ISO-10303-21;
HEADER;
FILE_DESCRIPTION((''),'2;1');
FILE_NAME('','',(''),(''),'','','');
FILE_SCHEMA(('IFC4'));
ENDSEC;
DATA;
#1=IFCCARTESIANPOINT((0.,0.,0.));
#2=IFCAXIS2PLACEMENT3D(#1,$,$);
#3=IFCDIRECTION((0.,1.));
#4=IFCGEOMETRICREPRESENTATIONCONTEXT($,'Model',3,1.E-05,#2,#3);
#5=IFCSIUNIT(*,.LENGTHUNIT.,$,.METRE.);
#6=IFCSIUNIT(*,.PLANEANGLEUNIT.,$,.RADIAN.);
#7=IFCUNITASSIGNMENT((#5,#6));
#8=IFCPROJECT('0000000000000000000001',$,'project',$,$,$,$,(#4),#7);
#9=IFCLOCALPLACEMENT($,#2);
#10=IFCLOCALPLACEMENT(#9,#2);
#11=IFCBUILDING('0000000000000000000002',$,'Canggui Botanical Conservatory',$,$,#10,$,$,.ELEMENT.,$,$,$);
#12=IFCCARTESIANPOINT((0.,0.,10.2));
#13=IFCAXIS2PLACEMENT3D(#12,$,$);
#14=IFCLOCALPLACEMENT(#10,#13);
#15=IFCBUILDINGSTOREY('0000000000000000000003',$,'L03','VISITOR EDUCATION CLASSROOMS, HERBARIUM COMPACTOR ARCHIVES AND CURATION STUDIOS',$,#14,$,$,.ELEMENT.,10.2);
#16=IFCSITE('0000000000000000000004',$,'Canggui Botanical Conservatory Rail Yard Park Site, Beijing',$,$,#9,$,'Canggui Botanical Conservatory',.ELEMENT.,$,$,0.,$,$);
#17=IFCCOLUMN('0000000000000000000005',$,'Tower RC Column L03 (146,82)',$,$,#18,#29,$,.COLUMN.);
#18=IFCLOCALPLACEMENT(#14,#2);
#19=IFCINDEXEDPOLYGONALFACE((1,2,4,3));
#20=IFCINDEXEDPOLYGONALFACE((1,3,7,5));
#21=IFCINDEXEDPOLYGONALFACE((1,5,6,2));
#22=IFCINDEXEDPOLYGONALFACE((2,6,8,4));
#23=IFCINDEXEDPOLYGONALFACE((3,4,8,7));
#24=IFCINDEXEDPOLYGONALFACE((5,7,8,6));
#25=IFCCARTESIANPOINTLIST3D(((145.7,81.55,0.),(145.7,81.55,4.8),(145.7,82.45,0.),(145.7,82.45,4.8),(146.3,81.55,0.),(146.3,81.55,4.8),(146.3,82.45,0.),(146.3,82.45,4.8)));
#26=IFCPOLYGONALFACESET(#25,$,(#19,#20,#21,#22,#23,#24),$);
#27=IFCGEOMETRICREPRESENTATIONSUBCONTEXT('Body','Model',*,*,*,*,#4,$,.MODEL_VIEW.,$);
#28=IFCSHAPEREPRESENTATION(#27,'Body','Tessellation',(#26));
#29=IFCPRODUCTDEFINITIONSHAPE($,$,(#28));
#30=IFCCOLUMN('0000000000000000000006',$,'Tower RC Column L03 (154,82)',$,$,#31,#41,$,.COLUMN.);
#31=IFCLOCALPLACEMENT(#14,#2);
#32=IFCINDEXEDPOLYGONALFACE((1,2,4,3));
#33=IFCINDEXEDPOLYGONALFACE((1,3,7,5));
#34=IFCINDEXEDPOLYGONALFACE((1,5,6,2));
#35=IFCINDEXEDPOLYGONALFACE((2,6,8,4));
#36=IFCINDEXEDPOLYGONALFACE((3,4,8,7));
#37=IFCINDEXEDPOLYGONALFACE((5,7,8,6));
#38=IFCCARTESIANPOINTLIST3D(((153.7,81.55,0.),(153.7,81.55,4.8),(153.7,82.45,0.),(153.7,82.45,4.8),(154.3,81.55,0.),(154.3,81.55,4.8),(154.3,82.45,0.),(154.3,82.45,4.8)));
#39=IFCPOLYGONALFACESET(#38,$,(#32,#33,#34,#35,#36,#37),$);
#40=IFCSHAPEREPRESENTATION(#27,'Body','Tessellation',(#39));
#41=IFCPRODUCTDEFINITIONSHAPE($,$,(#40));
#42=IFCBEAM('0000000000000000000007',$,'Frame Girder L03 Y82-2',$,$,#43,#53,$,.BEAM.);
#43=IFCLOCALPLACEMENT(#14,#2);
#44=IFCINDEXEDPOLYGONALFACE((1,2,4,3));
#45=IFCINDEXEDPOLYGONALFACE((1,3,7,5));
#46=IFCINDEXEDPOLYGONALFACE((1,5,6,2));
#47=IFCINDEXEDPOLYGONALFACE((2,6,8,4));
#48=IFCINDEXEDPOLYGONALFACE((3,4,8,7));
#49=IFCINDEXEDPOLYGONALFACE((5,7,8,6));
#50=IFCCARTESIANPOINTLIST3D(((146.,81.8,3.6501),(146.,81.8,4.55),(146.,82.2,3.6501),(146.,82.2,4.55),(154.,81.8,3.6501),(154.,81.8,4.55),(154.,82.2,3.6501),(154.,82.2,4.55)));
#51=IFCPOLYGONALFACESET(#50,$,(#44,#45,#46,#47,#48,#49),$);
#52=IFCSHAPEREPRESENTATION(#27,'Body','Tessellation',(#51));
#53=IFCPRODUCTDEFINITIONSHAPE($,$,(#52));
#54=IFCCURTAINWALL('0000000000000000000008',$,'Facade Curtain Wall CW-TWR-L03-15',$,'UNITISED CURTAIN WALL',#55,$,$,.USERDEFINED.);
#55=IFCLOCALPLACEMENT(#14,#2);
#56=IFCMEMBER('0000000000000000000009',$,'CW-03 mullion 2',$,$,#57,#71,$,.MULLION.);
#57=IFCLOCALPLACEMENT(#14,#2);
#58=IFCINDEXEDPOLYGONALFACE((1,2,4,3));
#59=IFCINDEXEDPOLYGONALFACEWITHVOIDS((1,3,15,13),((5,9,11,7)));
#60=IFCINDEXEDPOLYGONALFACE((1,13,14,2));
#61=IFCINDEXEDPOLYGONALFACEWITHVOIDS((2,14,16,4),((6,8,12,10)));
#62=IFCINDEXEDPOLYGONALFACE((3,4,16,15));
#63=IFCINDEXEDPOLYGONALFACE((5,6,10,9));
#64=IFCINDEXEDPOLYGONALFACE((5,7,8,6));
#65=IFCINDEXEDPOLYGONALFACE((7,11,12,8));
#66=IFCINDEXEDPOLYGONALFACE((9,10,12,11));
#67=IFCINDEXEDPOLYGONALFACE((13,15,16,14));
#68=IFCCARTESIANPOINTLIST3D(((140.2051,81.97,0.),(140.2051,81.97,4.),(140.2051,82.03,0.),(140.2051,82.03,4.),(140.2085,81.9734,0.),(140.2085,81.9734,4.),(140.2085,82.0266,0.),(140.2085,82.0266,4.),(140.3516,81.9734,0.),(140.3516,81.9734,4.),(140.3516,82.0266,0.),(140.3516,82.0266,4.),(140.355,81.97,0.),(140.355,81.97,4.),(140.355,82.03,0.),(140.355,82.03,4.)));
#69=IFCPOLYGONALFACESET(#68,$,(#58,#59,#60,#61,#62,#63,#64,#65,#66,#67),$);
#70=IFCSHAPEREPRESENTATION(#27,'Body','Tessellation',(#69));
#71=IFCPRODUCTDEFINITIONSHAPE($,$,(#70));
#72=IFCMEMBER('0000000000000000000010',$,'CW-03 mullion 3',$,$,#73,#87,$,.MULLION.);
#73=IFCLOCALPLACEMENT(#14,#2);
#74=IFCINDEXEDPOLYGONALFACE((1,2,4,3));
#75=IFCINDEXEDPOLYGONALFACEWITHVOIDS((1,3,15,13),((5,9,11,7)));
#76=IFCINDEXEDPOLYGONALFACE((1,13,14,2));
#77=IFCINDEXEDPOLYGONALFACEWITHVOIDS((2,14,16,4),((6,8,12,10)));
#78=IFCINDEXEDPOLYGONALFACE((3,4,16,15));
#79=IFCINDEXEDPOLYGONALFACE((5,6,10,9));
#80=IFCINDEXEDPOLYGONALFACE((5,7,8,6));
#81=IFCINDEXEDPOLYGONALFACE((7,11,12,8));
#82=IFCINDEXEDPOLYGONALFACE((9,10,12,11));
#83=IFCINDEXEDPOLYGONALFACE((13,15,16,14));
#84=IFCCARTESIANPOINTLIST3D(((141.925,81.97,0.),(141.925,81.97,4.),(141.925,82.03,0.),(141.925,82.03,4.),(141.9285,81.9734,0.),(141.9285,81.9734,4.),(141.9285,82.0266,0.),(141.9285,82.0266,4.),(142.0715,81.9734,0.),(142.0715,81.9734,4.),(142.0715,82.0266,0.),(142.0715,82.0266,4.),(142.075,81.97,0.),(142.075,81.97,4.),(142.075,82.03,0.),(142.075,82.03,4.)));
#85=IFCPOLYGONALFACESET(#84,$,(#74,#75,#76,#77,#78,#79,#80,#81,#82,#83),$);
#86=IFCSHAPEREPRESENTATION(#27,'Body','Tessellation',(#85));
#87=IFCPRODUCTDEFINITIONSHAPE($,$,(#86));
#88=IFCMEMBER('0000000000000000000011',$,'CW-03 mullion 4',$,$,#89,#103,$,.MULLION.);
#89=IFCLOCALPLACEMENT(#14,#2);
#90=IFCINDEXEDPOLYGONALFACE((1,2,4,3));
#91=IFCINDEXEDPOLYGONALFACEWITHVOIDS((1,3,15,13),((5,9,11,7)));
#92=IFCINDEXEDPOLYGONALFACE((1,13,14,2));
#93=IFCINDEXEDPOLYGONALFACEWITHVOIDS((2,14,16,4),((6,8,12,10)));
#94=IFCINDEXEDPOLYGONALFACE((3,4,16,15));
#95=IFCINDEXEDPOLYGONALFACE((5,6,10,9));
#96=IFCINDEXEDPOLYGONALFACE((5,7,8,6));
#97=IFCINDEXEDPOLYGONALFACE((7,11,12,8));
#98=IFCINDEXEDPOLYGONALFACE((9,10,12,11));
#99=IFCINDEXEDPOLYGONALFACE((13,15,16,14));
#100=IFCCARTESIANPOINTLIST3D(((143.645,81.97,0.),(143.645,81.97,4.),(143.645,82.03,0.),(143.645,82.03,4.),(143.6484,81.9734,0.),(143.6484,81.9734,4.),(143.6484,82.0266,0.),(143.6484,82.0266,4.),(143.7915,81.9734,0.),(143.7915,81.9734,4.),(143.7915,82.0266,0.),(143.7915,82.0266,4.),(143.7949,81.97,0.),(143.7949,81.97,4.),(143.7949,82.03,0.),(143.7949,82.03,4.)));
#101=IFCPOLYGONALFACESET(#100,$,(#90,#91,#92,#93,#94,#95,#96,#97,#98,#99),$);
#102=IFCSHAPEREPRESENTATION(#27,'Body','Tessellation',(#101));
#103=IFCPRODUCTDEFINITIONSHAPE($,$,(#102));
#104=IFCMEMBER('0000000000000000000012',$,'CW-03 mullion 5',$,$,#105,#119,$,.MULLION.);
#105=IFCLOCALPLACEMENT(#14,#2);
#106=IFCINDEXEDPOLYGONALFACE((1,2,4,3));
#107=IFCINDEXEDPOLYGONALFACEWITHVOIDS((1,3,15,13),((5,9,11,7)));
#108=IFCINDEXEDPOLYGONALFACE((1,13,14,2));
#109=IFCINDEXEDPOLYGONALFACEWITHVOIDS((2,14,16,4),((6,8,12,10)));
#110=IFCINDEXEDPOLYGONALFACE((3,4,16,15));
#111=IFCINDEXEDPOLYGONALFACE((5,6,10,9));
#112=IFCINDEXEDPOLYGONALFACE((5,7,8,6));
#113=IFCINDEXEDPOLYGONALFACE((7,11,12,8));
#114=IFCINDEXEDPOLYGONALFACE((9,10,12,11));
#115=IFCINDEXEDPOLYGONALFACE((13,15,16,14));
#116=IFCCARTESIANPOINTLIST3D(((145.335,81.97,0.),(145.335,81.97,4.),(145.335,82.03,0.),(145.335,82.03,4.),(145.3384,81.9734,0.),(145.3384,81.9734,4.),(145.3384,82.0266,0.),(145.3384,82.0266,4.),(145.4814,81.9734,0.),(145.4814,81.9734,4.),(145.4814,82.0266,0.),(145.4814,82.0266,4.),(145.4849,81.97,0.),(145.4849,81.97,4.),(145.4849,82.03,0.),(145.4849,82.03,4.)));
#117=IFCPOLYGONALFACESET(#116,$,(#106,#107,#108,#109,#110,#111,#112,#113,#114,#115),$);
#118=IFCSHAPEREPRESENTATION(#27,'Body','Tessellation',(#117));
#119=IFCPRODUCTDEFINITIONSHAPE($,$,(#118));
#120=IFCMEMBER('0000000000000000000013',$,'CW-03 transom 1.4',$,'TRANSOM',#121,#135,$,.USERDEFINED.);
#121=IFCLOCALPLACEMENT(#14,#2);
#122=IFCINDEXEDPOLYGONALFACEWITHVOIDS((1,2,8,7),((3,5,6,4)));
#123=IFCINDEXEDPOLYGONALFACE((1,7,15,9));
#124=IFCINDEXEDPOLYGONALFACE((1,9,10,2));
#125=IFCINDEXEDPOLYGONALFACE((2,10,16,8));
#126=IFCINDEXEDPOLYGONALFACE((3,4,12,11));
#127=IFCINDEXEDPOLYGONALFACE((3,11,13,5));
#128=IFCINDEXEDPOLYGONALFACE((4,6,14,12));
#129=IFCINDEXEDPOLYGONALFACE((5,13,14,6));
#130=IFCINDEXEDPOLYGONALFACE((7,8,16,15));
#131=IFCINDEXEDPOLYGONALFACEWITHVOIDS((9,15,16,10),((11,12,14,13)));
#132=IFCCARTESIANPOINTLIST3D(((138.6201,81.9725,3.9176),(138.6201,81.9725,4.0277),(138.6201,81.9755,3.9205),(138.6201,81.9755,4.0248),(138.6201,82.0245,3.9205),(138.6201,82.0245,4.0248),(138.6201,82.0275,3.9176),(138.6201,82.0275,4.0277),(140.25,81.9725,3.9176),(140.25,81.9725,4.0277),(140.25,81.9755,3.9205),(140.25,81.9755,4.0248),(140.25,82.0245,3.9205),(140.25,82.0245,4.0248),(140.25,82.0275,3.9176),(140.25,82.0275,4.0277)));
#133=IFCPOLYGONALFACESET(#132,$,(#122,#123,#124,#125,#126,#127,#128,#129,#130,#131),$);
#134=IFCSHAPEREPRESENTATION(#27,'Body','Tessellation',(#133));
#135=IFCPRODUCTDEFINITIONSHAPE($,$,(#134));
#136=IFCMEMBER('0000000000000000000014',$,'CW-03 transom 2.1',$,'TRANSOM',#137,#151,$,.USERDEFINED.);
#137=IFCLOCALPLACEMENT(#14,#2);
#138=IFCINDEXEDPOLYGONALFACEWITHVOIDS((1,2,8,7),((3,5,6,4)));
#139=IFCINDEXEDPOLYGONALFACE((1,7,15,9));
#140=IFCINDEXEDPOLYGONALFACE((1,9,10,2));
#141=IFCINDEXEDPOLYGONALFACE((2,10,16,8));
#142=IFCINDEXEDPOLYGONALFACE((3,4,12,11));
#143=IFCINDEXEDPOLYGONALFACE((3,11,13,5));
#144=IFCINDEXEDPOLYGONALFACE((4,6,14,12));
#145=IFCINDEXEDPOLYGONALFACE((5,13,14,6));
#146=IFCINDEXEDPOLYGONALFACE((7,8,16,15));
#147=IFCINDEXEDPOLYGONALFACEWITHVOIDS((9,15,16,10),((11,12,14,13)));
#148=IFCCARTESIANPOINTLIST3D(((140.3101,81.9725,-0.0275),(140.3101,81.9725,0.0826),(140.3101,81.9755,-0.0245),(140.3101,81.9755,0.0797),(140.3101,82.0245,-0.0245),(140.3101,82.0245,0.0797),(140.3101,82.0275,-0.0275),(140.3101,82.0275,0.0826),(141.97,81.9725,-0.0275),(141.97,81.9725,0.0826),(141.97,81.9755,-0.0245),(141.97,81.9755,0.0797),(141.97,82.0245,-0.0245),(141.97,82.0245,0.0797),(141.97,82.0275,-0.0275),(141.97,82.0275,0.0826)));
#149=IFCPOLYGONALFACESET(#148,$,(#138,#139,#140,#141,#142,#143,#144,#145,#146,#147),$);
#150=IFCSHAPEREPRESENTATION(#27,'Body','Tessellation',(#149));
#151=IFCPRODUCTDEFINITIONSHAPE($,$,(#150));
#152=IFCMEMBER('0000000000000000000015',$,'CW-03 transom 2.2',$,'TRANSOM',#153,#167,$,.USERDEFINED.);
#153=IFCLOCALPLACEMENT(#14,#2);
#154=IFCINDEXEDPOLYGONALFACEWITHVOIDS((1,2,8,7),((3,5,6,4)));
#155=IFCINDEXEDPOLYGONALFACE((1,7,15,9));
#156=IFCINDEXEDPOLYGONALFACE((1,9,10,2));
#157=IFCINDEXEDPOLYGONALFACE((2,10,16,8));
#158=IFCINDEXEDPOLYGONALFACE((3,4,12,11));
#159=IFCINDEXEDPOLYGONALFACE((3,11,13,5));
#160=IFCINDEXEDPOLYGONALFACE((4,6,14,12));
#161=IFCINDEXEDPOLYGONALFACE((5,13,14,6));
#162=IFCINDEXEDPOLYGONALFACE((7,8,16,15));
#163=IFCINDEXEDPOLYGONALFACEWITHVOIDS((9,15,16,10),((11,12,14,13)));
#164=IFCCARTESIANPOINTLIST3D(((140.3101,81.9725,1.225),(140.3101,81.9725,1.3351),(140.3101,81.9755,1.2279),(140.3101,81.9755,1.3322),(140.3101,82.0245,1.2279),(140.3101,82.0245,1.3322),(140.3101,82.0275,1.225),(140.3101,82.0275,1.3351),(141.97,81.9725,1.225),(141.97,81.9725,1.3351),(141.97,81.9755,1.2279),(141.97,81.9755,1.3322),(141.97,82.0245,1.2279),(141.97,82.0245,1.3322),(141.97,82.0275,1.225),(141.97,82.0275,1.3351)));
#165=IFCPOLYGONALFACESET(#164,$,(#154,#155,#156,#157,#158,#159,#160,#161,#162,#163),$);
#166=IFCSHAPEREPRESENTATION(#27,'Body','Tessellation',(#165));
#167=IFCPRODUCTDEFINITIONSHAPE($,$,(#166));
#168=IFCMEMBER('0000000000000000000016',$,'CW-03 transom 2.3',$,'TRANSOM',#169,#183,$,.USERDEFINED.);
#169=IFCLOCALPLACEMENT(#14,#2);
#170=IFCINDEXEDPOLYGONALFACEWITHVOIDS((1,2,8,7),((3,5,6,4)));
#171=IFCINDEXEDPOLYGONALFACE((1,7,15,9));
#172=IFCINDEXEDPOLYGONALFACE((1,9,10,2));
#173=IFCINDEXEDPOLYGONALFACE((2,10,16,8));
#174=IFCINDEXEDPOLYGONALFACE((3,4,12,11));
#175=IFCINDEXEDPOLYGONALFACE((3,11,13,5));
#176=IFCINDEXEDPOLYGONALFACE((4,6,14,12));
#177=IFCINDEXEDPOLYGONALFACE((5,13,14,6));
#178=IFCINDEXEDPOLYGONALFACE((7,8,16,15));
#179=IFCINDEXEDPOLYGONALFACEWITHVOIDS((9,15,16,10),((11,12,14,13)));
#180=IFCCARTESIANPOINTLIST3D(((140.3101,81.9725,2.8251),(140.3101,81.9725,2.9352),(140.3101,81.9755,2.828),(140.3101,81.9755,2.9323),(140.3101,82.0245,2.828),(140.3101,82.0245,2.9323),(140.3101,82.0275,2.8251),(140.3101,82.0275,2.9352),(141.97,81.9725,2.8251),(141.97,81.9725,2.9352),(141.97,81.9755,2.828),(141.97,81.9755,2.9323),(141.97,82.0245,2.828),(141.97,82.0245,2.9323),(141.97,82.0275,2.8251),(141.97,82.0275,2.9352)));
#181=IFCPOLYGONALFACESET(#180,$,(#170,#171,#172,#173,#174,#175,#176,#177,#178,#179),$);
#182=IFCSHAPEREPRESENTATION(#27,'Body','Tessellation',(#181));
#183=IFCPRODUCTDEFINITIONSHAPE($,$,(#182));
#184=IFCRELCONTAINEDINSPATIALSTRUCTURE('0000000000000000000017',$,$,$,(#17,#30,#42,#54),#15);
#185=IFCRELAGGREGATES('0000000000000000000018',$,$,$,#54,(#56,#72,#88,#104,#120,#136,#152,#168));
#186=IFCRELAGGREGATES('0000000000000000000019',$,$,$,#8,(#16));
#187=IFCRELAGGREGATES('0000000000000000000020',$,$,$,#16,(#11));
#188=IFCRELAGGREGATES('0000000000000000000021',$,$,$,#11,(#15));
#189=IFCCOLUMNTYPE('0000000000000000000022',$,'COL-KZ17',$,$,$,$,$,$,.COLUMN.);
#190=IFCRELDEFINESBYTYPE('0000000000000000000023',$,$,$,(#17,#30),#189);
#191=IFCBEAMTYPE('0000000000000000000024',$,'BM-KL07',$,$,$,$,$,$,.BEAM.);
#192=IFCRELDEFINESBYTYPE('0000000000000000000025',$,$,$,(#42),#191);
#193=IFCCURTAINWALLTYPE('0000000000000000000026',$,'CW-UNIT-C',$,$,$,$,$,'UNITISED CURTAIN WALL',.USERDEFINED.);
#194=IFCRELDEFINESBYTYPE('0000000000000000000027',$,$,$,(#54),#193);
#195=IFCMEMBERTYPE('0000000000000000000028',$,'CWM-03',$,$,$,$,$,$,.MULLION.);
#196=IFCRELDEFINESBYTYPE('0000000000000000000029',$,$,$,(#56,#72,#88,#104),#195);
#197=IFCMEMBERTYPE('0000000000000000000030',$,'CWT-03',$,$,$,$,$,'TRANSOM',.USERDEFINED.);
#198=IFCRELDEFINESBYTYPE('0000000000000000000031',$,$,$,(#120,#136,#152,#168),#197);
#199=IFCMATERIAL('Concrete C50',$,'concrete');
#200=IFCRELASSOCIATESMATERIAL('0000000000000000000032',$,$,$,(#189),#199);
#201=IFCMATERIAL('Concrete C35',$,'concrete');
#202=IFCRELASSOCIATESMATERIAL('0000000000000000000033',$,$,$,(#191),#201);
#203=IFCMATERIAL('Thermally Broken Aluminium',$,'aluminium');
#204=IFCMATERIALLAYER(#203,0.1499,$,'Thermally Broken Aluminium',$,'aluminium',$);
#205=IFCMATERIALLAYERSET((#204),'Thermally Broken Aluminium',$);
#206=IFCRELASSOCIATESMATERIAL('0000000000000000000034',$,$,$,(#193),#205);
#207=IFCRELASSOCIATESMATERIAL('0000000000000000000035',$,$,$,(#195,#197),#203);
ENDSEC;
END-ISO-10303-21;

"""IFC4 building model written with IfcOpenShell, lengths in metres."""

from ifc_helpers import new_model, si_unit, direction, frame, origin, origin_2d, place, context, subcontext, project, spatial, rectangle, hollow_rectangle, extrude, material, layer, layer_set, material_profile, profile_set, type_object, element, aggregate, save


model = new_model("IFC4")

# Units and contexts
model_context = context("Model", 3, precision=1e-05, world=origin(), true_north=direction((0.0, 1.0)))
body_context = subcontext(model_context, "Body", "Model", "MODEL_VIEW")
ifc_project = project(units=[si_unit("LENGTHUNIT", "METRE"), si_unit("PLANEANGLEUNIT", "RADIAN")], contexts=[model_context])

# Site, building, storey
site_placement = place(None, origin())
site = spatial("IfcSite", under=ifc_project, at=site_placement, Name="Canggui Botanical Conservatory Rail Yard Park Site, Beijing", LongName="Canggui Botanical Conservatory", CompositionType="ELEMENT", RefElevation=0.0)
building_placement = place(site_placement, origin())
building = spatial("IfcBuilding", under=site, at=building_placement, Name="Canggui Botanical Conservatory", CompositionType="ELEMENT")
storey_placement = place(building_placement, frame((0.0, 0.0, 10.2)))
storey = spatial("IfcBuildingStorey", under=building, at=storey_placement, Name="L03", Description="VISITOR EDUCATION CLASSROOMS, HERBARIUM COMPACTOR ARCHIVES AND CURATION STUDIOS", CompositionType="ELEMENT", Elevation=10.2)

# Columns
ifc_material_1 = material(Name="Concrete C50", Category="concrete")
ifc_material_profile_1 = material_profile(ifc_material_1, rectangle(XDim=0.6001, YDim=0.8999, at=origin_2d()), Name="RC 600x900")
ifc_profile_set_1 = profile_set([ifc_material_profile_1], Name="Concrete C50")
column_type = type_object("IfcColumnType", Name="COL-KZ17", PredefinedType="COLUMN", material=ifc_profile_set_1)
for number, where, z_axis, x_axis, name in (
    (1, (146.0, 82.0, 0.0), (0.0, 0.0, 1.0), (1.0, 0.0, 0.0), "Tower RC Column L03 (146,82)"),
    (2, (154.0, 82.0, 0.0), (0.0, 0.0, 1.0), (1.0, 0.0, 0.0), "Tower RC Column L03 (154,82)"),
):
    element("IfcColumn", number, at=place(storey_placement, frame(where, z_axis=z_axis, x_axis=x_axis)), inside=storey, type_object=column_type, Name=name, PredefinedType="COLUMN", context=body_context, shape_type="SweptSolid", body=[
        extrude(rectangle(XDim=0.6001, YDim=0.8999, at=origin_2d()), origin(), (0.0, 0.0, 1.0), 4.8),
    ])

# Beam
ifc_material_2 = material(Name="Concrete C35", Category="concrete")
ifc_material_profile_2 = material_profile(ifc_material_2, rectangle(XDim=0.3999, YDim=0.8999, at=origin_2d()), Name="RB 400x900")
ifc_profile_set_2 = profile_set([ifc_material_profile_2], Name="Concrete C35")
beam_type = type_object("IfcBeamType", Name="BM-KL07", PredefinedType="BEAM", material=ifc_profile_set_2)
beam_placement = place(storey_placement, frame((146.0, 82.0, 4.1001), z_axis=(1.0, 0.0, 0.0), x_axis=(0.0, 1.0, 0.0)))
element("IfcBeam", 3, at=beam_placement, inside=storey, type_object=beam_type, Name="Frame Girder L03 Y82-2", PredefinedType="BEAM", context=body_context, shape_type="SweptSolid", body=[
    extrude(rectangle(XDim=0.3999, YDim=0.8999, at=origin_2d()), origin(), (0.0, 0.0, 1.0), 8.0),
])

# Curtain wall, members
ifc_material_3 = material(Name="Thermally Broken Aluminium", Category="aluminium")
ifc_layer_1 = layer(ifc_material_3, 0.1499, Name="Thermally Broken Aluminium", Category="aluminium")
ifc_layer_set_1 = layer_set([ifc_layer_1], Name="Thermally Broken Aluminium")
curtain_wall_type = type_object("IfcCurtainWallType", Name="CW-UNIT-C", ElementType="UNITISED CURTAIN WALL", PredefinedType="USERDEFINED", material=ifc_layer_set_1)
curtain_wall_placement = place(storey_placement, origin())
curtain_wall = element("IfcCurtainWall", 4, at=curtain_wall_placement, inside=storey, type_object=curtain_wall_type, Name="Facade Curtain Wall CW-TWR-L03-15", ObjectType="UNITISED CURTAIN WALL", PredefinedType="USERDEFINED")
ifc_material_profile_3 = material_profile(ifc_material_3, hollow_rectangle(XDim=0.0601, YDim=0.1499, WallThickness=0.0034, at=origin_2d()), Name="CWM 60x150x3.5")
ifc_profile_set_3 = profile_set([ifc_material_profile_3], Name="Thermally Broken Aluminium")
member_type_1 = type_object("IfcMemberType", Name="CWM-03", PredefinedType="MULLION", material=ifc_profile_set_3)
member_1_placement = place(storey_placement, frame((140.28, 82.0, 0.0), z_axis=(0.0, 0.0, 1.0), x_axis=(0.0, 1.0, 0.0)))
member_1 = element("IfcMember", 5, at=member_1_placement, type_object=member_type_1, Name="CW-03 mullion 2", PredefinedType="MULLION", context=body_context, shape_type="SweptSolid", body=[
    extrude(hollow_rectangle(XDim=0.0601, YDim=0.1499, WallThickness=0.0034, at=origin_2d()), origin(), (0.0, 0.0, 1.0), 4.0),
])
member_2_placement = place(storey_placement, frame((142.0, 82.0, 0.0), z_axis=(0.0, 0.0, 1.0), x_axis=(0.0, 1.0, 0.0)))
member_2 = element("IfcMember", 6, at=member_2_placement, type_object=member_type_1, Name="CW-03 mullion 3", PredefinedType="MULLION", context=body_context, shape_type="SweptSolid", body=[
    extrude(hollow_rectangle(XDim=0.0601, YDim=0.1499, WallThickness=0.0034, at=origin_2d()), origin(), (0.0, 0.0, 1.0), 4.0),
])
member_3_placement = place(storey_placement, frame((143.72, 82.0, 0.0), z_axis=(0.0, 0.0, 1.0), x_axis=(0.0, 1.0, 0.0)))
member_3 = element("IfcMember", 7, at=member_3_placement, type_object=member_type_1, Name="CW-03 mullion 4", PredefinedType="MULLION", context=body_context, shape_type="SweptSolid", body=[
    extrude(hollow_rectangle(XDim=0.0601, YDim=0.1499, WallThickness=0.0034, at=origin_2d()), origin(), (0.0, 0.0, 1.0), 4.0),
])
member_4_placement = place(storey_placement, frame((145.4099, 82.0, 0.0), z_axis=(0.0, 0.0, 1.0), x_axis=(0.0, 1.0, 0.0)))
member_4 = element("IfcMember", 8, at=member_4_placement, type_object=member_type_1, Name="CW-03 mullion 5", PredefinedType="MULLION", context=body_context, shape_type="SweptSolid", body=[
    extrude(hollow_rectangle(XDim=0.0601, YDim=0.1499, WallThickness=0.0034, at=origin_2d()), origin(), (0.0, 0.0, 1.0), 4.0),
])
ifc_material_profile_4 = material_profile(ifc_material_3, hollow_rectangle(XDim=0.0549, YDim=0.1101, WallThickness=0.0029, at=origin_2d()), Name="CWT 55x110x3")
ifc_profile_set_4 = profile_set([ifc_material_profile_4], Name="Thermally Broken Aluminium")
member_type_2 = type_object("IfcMemberType", Name="CWT-03", ElementType="TRANSOM", PredefinedType="USERDEFINED", material=ifc_profile_set_4)
member_5_placement = place(storey_placement, frame((138.6201, 82.0, 3.9727), z_axis=(1.0, 0.0, 0.0), x_axis=(0.0, 1.0, 0.0)))
member_5 = element("IfcMember", 9, at=member_5_placement, type_object=member_type_2, Name="CW-03 transom 1.4", ObjectType="TRANSOM", PredefinedType="USERDEFINED", context=body_context, shape_type="SweptSolid", body=[
    extrude(hollow_rectangle(XDim=0.0549, YDim=0.1101, WallThickness=0.0029, at=origin_2d()), origin(), (0.0, 0.0, 1.0), 1.6299),
])
member_6_placement = place(storey_placement, frame((140.3101, 82.0, 0.0276), z_axis=(1.0, 0.0, 0.0), x_axis=(0.0, 1.0, 0.0)))
member_6 = element("IfcMember", 10, at=member_6_placement, type_object=member_type_2, Name="CW-03 transom 2.1", ObjectType="TRANSOM", PredefinedType="USERDEFINED", context=body_context, shape_type="SweptSolid", body=[
    extrude(hollow_rectangle(XDim=0.0549, YDim=0.1101, WallThickness=0.0029, at=origin_2d()), origin(), (0.0, 0.0, 1.0), 1.6599),
])
member_7_placement = place(storey_placement, frame((140.3101, 82.0, 1.28), z_axis=(1.0, 0.0, 0.0), x_axis=(0.0, 1.0, 0.0)))
member_7 = element("IfcMember", 11, at=member_7_placement, type_object=member_type_2, Name="CW-03 transom 2.2", ObjectType="TRANSOM", PredefinedType="USERDEFINED", context=body_context, shape_type="SweptSolid", body=[
    extrude(hollow_rectangle(XDim=0.0549, YDim=0.1101, WallThickness=0.0029, at=origin_2d()), origin(), (0.0, 0.0, 1.0), 1.6599),
])
member_8_placement = place(storey_placement, frame((140.3101, 82.0, 2.8801), z_axis=(1.0, 0.0, 0.0), x_axis=(0.0, 1.0, 0.0)))
member_8 = element("IfcMember", 12, at=member_8_placement, type_object=member_type_2, Name="CW-03 transom 2.3", ObjectType="TRANSOM", PredefinedType="USERDEFINED", context=body_context, shape_type="SweptSolid", body=[
    extrude(hollow_rectangle(XDim=0.0549, YDim=0.1101, WallThickness=0.0029, at=origin_2d()), origin(), (0.0, 0.0, 1.0), 1.6599),
])
aggregate(curtain_wall, [member_1, member_2, member_3, member_4, member_5, member_6, member_7, member_8])

save(model, "model.ifc")
